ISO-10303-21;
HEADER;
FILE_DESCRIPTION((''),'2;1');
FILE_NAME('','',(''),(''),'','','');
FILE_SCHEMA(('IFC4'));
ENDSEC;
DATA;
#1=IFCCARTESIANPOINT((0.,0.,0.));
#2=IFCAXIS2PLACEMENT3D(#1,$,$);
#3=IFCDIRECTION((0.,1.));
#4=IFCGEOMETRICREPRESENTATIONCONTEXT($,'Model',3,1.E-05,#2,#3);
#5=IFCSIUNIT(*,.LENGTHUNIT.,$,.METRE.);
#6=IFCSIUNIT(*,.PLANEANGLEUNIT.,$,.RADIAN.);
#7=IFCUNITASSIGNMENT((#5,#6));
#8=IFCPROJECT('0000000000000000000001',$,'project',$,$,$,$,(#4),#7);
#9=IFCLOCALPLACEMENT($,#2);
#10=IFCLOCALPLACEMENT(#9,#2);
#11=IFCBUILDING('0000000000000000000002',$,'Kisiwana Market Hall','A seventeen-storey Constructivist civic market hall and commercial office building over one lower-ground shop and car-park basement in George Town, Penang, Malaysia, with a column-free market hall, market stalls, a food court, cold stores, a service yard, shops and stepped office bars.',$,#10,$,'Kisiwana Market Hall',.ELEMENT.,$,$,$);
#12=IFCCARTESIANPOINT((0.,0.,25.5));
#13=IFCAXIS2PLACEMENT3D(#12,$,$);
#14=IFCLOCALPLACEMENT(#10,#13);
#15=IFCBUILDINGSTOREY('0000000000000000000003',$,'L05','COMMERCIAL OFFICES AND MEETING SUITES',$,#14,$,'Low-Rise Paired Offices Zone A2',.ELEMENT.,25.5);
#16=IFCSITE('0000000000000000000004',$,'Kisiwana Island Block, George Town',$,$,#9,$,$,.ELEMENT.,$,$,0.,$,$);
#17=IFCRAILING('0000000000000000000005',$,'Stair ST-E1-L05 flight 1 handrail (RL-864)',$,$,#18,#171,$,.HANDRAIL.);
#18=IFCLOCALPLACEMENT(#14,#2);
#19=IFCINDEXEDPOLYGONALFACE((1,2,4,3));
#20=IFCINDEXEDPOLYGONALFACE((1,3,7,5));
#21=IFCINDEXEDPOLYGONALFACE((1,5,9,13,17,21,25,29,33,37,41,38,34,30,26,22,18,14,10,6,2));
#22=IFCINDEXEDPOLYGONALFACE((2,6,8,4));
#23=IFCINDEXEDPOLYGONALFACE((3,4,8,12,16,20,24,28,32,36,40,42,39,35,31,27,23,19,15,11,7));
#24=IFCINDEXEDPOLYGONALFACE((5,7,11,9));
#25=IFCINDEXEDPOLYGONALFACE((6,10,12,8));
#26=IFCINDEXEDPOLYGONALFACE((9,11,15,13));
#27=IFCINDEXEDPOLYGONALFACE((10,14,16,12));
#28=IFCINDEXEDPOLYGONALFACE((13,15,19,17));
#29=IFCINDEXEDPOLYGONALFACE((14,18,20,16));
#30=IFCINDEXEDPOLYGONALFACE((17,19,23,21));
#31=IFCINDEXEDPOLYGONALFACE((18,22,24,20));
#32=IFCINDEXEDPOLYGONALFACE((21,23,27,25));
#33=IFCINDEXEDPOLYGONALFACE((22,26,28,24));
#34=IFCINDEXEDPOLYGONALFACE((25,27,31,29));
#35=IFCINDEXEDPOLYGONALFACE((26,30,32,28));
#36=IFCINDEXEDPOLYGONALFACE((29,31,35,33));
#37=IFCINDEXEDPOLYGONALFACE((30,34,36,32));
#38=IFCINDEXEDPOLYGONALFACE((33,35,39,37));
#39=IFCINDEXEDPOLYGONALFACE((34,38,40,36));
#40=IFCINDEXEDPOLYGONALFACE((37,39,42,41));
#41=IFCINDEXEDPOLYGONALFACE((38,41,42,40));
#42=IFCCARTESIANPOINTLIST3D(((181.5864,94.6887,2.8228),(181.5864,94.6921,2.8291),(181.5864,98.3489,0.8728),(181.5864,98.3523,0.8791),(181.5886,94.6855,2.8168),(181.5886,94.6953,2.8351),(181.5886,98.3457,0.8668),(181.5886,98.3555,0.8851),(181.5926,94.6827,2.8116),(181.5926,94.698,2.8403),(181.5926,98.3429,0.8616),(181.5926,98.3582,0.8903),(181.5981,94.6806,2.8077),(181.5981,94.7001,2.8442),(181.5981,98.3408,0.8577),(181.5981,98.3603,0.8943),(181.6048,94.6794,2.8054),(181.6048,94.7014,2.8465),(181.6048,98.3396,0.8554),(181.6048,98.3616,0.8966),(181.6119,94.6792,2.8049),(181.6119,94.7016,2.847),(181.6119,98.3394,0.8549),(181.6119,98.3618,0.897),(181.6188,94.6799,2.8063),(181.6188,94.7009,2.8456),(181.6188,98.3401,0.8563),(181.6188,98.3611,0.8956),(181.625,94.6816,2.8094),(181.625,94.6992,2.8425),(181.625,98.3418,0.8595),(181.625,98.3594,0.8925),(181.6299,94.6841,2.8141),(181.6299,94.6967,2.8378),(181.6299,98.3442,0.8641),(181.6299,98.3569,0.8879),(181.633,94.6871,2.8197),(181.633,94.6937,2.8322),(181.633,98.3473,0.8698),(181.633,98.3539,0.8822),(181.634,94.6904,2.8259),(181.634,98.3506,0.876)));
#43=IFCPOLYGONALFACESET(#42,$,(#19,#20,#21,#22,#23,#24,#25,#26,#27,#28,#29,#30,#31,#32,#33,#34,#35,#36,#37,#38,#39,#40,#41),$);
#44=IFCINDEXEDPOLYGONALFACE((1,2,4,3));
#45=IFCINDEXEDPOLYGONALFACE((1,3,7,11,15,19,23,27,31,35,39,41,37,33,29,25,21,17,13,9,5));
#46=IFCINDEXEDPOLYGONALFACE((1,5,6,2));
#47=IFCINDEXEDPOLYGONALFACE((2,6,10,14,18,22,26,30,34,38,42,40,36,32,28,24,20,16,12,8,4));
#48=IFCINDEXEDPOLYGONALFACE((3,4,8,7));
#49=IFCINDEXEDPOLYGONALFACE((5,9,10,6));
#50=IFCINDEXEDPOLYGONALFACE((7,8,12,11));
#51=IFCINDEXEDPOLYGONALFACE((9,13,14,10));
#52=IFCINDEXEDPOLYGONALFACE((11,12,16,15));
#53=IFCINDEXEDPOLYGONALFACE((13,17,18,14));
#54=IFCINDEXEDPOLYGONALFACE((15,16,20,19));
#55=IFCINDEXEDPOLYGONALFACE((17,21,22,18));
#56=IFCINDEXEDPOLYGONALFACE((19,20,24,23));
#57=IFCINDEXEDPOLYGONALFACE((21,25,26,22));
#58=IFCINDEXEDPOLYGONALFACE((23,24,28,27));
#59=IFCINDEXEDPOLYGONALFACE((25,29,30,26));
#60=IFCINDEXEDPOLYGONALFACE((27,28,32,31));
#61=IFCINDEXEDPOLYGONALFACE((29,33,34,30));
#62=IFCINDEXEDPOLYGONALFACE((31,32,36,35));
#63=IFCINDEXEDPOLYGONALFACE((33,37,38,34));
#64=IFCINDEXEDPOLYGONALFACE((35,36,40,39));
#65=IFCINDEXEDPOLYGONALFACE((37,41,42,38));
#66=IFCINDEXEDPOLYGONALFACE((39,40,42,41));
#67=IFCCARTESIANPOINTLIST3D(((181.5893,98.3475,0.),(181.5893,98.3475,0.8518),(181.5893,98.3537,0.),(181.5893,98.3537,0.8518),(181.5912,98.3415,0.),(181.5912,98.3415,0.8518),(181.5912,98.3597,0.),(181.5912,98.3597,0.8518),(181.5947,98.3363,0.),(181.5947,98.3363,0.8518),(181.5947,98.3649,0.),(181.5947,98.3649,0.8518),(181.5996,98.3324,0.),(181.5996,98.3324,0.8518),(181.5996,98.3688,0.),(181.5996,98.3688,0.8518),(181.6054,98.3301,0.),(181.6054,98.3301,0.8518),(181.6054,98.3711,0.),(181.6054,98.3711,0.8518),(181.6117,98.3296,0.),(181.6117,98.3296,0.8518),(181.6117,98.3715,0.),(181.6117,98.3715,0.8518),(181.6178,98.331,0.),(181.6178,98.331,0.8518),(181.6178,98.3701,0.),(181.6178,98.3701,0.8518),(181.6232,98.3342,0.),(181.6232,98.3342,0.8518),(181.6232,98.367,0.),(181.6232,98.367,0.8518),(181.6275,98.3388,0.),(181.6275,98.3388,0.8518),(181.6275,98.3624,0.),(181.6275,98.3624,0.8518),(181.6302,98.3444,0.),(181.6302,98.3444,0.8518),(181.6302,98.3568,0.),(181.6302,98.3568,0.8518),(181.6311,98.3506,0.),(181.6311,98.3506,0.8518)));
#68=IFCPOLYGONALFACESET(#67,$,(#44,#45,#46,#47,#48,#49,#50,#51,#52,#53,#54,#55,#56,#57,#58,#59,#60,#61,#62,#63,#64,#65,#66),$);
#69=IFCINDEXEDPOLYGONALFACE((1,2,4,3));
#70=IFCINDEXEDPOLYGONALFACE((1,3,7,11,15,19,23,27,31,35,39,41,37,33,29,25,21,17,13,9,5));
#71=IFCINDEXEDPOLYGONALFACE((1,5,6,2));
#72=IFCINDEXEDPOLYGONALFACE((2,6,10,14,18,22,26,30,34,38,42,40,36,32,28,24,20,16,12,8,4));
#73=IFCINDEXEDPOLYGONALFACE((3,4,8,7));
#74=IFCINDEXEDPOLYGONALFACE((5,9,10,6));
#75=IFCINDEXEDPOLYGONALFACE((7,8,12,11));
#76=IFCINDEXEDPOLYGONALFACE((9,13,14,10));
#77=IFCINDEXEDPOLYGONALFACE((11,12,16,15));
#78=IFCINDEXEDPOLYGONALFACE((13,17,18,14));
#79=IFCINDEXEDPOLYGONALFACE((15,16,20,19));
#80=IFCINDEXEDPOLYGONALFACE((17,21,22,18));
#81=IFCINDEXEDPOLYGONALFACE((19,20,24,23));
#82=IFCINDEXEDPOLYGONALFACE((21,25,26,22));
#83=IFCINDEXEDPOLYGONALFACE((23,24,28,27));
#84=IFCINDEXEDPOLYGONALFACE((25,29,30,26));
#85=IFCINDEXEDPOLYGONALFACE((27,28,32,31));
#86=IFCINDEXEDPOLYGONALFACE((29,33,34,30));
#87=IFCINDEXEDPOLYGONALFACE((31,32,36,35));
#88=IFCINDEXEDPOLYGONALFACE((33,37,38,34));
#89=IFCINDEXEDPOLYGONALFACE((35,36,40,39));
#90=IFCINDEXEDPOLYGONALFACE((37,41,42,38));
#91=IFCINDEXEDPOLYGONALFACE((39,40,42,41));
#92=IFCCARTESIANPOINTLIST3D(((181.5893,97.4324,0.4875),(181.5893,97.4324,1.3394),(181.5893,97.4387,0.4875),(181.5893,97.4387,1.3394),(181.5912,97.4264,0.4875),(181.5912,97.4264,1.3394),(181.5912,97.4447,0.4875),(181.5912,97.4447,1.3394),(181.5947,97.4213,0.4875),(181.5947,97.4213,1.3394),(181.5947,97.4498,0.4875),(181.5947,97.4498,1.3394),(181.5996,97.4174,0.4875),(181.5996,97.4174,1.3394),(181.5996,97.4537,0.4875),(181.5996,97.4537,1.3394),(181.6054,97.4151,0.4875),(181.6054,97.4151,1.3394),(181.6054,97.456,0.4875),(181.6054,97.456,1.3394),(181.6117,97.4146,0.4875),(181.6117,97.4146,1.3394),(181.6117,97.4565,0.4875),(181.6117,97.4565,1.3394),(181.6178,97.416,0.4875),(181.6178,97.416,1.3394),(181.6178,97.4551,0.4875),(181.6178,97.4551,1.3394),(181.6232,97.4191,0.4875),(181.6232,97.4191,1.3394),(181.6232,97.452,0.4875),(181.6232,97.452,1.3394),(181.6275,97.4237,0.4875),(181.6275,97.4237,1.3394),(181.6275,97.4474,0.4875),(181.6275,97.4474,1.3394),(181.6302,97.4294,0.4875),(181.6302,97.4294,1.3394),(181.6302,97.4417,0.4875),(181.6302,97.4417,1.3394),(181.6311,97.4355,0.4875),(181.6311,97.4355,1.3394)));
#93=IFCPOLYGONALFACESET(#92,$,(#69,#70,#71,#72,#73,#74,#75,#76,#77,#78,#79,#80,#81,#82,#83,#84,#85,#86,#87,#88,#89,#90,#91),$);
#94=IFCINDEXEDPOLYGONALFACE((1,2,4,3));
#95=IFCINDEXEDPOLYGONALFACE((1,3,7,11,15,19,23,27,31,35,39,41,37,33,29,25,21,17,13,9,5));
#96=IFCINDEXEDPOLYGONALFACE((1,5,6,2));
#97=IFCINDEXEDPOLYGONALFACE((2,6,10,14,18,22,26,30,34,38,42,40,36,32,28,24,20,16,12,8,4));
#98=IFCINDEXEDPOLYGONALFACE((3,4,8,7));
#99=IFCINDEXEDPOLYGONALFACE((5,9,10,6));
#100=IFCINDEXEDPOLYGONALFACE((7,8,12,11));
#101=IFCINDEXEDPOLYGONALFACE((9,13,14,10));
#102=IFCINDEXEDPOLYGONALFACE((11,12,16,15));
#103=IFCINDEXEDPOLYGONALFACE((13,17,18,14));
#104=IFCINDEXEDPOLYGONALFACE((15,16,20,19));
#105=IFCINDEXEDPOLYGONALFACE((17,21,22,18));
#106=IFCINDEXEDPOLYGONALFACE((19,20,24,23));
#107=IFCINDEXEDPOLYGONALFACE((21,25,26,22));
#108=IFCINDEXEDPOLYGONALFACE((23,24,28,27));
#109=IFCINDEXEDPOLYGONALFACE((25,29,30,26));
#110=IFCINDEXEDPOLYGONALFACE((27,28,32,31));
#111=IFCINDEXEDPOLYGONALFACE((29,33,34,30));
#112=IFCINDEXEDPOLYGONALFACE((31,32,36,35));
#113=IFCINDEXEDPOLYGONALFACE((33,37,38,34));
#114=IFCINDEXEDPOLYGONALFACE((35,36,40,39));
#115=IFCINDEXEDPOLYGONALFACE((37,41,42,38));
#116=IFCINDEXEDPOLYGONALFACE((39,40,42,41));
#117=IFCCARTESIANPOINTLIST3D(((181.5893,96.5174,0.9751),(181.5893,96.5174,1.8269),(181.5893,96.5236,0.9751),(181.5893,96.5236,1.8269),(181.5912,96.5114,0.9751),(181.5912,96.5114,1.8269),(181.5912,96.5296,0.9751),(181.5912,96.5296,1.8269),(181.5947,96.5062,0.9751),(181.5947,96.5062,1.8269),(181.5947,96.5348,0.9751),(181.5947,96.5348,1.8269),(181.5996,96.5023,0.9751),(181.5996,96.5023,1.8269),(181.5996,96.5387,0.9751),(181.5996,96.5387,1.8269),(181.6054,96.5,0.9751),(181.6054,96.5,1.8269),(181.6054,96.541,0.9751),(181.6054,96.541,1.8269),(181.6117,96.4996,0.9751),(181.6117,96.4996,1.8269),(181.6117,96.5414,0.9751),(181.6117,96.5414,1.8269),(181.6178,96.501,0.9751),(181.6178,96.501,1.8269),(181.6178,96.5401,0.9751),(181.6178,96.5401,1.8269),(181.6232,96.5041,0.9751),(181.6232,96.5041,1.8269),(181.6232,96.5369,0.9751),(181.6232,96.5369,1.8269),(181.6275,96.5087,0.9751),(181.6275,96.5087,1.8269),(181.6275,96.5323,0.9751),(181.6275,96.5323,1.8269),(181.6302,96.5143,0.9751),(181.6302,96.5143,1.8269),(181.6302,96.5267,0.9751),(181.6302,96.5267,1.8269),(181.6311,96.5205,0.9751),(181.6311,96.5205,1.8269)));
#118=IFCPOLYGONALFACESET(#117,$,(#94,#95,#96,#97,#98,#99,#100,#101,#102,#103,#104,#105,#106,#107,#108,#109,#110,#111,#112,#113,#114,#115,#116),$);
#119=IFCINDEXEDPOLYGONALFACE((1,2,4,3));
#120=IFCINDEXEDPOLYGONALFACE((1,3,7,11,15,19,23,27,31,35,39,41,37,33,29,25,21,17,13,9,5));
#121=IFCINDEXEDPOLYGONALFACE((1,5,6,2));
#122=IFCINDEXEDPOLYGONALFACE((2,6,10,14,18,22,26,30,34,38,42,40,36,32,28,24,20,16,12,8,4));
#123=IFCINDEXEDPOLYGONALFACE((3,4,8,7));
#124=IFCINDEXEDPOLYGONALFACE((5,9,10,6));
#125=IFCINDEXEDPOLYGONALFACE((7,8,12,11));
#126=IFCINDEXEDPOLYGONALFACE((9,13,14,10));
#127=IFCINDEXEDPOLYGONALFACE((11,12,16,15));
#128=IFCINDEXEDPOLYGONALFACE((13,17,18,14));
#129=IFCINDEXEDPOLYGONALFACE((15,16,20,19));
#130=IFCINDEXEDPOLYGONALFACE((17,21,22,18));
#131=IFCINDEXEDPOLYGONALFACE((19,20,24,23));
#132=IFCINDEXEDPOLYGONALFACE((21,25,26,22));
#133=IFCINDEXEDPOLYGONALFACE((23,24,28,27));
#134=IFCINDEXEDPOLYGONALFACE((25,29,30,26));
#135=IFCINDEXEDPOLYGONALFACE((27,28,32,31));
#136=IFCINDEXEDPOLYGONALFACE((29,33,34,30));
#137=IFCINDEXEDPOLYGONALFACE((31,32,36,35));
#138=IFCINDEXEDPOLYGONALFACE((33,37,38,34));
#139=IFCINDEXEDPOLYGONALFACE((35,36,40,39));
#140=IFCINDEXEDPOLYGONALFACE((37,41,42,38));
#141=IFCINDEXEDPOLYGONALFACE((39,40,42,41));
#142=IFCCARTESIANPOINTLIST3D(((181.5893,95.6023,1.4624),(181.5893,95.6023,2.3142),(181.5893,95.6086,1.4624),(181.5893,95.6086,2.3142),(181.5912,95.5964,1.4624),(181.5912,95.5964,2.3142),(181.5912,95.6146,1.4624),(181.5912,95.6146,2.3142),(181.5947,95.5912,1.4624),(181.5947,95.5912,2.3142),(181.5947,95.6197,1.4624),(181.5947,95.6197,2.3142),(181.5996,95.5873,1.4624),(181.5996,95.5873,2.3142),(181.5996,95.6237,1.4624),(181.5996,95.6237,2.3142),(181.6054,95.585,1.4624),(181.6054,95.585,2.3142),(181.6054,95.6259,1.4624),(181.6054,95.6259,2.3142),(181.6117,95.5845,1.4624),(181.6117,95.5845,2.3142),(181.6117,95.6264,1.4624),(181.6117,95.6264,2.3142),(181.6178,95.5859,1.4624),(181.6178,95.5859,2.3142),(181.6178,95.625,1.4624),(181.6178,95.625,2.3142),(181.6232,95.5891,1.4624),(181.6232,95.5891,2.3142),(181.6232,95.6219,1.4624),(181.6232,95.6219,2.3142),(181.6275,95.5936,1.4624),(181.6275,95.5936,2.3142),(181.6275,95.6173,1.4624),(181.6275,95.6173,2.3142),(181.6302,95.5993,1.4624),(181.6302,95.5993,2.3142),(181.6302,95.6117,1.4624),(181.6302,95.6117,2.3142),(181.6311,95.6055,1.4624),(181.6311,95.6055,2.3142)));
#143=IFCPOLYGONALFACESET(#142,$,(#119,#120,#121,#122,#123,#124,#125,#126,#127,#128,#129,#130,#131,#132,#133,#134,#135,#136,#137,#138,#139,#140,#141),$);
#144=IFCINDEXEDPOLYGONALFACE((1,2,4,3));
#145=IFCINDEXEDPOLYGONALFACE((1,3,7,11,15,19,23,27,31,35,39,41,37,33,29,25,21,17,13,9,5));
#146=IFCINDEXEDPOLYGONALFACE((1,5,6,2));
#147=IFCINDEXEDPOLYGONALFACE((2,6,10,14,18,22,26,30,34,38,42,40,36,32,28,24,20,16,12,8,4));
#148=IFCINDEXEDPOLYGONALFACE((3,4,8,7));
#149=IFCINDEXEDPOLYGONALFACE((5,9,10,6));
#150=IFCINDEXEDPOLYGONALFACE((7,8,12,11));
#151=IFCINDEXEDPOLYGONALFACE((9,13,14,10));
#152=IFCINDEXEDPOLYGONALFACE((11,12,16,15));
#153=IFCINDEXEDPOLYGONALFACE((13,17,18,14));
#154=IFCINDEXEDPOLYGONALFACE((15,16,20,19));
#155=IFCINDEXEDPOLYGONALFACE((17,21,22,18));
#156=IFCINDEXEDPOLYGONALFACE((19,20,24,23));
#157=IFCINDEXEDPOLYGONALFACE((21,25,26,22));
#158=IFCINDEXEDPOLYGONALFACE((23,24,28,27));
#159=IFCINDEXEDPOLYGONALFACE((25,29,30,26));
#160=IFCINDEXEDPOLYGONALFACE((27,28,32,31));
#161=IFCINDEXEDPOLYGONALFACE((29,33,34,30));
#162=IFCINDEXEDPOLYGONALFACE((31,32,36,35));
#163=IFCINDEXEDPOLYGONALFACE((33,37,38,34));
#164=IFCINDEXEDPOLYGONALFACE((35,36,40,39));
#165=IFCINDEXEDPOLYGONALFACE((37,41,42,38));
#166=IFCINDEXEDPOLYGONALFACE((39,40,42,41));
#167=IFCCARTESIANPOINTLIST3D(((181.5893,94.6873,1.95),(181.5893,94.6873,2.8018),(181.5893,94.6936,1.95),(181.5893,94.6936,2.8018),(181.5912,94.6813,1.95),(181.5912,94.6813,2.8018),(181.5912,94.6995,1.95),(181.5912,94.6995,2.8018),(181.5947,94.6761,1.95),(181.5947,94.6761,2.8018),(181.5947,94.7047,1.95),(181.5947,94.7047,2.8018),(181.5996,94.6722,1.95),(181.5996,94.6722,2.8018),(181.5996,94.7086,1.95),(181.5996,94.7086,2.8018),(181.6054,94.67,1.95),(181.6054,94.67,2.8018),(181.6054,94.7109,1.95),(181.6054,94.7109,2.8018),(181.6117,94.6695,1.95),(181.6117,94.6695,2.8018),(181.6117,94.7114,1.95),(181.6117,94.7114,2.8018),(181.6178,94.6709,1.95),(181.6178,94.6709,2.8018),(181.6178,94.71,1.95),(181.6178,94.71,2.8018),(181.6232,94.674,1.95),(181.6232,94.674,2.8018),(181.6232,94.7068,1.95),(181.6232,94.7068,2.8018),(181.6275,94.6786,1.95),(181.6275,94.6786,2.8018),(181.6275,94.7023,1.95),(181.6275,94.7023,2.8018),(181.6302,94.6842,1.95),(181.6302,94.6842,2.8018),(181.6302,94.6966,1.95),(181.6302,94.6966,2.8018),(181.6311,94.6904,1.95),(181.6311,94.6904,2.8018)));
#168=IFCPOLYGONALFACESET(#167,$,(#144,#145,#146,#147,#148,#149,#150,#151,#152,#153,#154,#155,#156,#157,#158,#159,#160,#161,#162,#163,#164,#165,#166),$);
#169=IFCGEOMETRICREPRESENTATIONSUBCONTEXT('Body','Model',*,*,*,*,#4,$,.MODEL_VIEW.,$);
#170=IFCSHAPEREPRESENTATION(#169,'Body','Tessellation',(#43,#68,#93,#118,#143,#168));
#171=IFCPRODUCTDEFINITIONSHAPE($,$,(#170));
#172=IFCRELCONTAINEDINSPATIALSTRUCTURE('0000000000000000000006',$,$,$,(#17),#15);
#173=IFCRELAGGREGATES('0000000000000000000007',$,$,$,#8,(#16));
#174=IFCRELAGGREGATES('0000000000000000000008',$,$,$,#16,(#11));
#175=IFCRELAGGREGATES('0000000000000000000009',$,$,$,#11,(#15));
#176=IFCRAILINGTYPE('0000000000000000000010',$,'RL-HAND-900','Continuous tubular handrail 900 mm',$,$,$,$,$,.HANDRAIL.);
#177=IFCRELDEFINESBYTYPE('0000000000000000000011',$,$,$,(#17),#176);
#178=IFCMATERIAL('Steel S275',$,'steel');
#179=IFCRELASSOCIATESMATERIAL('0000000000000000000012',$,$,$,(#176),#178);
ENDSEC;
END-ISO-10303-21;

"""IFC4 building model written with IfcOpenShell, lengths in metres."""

from ifc_helpers import new_model, si_unit, direction, frame, origin, origin_2d, place, context, subcontext, project, spatial, circle, extrude, material, type_object, element, save


model = new_model("IFC4")

# Units and contexts
model_context = context("Model", 3, precision=1e-05, world=origin(), true_north=direction((0.0, 1.0)))
body_context = subcontext(model_context, "Body", "Model", "MODEL_VIEW")
ifc_project = project(units=[si_unit("LENGTHUNIT", "METRE"), si_unit("PLANEANGLEUNIT", "RADIAN")], contexts=[model_context])

# Site, building, storey
site_placement = place(None, origin())
site = spatial("IfcSite", under=ifc_project, at=site_placement, Name="Kisiwana Island Block, George Town", CompositionType="ELEMENT", RefElevation=0.0)
building_placement = place(site_placement, origin())
building = spatial("IfcBuilding", under=site, at=building_placement, Name="Kisiwana Market Hall", Description="A seventeen-storey Constructivist civic market hall and commercial office building over one lower-ground shop and car-park basement in George Town, Penang, Malaysia, with a column-free market hall, market stalls, a food court, cold stores, a service yard, shops and stepped office bars.", LongName="Kisiwana Market Hall", CompositionType="ELEMENT")
storey_placement = place(building_placement, frame((0.0, 0.0, 25.5)))
storey = spatial("IfcBuildingStorey", under=building, at=storey_placement, Name="L05", Description="COMMERCIAL OFFICES AND MEETING SUITES", LongName="Low-Rise Paired Offices Zone A2", CompositionType="ELEMENT", Elevation=25.5)

# Railing
ifc_material_1 = material(Name="Steel S275", Category="steel")
railing_type_1 = type_object("IfcRailingType", Name="RL-HAND-900", Description="Continuous tubular handrail 900 mm", PredefinedType="HANDRAIL", material=ifc_material_1)
railing_1_placement = place(storey_placement, frame((181.6101, 98.3506, 0.0)))
element("IfcRailing", 1, at=railing_1_placement, inside=storey, type_object=railing_type_1, Name="Stair ST-E1-L05 flight 1 handrail (RL-864)", PredefinedType="HANDRAIL", context=body_context, shape_type="SweptSolid", body=[
    extrude(circle(Radius=0.0239, at=origin_2d()), frame((0.0, 0.0, 0.876), z_axis=(0.0, -0.882566, 0.470188), x_axis=(1.0, 0.0, 0.0)), (0.0, 0.0, 1.0), 4.1472),
    extrude(circle(Radius=0.021, at=origin_2d()), origin(), (0.0, 0.0, 1.0), 0.8518),
    extrude(circle(Radius=0.021, at=origin_2d()), frame((0.0, -0.915, 0.4875)), (0.0, 0.0, 1.0), 0.8518),
    extrude(circle(Radius=0.021, at=origin_2d()), frame((0.0, -1.8301, 0.9751)), (0.0, 0.0, 1.0), 0.8518),
    extrude(circle(Radius=0.021, at=origin_2d()), frame((0.0, -2.7451, 1.4624)), (0.0, 0.0, 1.0), 0.8518),
    extrude(circle(Radius=0.021, at=origin_2d()), frame((0.0, -3.6602, 1.95)), (0.0, 0.0, 1.0), 0.8518),
])

save(model, "model.ifc")
